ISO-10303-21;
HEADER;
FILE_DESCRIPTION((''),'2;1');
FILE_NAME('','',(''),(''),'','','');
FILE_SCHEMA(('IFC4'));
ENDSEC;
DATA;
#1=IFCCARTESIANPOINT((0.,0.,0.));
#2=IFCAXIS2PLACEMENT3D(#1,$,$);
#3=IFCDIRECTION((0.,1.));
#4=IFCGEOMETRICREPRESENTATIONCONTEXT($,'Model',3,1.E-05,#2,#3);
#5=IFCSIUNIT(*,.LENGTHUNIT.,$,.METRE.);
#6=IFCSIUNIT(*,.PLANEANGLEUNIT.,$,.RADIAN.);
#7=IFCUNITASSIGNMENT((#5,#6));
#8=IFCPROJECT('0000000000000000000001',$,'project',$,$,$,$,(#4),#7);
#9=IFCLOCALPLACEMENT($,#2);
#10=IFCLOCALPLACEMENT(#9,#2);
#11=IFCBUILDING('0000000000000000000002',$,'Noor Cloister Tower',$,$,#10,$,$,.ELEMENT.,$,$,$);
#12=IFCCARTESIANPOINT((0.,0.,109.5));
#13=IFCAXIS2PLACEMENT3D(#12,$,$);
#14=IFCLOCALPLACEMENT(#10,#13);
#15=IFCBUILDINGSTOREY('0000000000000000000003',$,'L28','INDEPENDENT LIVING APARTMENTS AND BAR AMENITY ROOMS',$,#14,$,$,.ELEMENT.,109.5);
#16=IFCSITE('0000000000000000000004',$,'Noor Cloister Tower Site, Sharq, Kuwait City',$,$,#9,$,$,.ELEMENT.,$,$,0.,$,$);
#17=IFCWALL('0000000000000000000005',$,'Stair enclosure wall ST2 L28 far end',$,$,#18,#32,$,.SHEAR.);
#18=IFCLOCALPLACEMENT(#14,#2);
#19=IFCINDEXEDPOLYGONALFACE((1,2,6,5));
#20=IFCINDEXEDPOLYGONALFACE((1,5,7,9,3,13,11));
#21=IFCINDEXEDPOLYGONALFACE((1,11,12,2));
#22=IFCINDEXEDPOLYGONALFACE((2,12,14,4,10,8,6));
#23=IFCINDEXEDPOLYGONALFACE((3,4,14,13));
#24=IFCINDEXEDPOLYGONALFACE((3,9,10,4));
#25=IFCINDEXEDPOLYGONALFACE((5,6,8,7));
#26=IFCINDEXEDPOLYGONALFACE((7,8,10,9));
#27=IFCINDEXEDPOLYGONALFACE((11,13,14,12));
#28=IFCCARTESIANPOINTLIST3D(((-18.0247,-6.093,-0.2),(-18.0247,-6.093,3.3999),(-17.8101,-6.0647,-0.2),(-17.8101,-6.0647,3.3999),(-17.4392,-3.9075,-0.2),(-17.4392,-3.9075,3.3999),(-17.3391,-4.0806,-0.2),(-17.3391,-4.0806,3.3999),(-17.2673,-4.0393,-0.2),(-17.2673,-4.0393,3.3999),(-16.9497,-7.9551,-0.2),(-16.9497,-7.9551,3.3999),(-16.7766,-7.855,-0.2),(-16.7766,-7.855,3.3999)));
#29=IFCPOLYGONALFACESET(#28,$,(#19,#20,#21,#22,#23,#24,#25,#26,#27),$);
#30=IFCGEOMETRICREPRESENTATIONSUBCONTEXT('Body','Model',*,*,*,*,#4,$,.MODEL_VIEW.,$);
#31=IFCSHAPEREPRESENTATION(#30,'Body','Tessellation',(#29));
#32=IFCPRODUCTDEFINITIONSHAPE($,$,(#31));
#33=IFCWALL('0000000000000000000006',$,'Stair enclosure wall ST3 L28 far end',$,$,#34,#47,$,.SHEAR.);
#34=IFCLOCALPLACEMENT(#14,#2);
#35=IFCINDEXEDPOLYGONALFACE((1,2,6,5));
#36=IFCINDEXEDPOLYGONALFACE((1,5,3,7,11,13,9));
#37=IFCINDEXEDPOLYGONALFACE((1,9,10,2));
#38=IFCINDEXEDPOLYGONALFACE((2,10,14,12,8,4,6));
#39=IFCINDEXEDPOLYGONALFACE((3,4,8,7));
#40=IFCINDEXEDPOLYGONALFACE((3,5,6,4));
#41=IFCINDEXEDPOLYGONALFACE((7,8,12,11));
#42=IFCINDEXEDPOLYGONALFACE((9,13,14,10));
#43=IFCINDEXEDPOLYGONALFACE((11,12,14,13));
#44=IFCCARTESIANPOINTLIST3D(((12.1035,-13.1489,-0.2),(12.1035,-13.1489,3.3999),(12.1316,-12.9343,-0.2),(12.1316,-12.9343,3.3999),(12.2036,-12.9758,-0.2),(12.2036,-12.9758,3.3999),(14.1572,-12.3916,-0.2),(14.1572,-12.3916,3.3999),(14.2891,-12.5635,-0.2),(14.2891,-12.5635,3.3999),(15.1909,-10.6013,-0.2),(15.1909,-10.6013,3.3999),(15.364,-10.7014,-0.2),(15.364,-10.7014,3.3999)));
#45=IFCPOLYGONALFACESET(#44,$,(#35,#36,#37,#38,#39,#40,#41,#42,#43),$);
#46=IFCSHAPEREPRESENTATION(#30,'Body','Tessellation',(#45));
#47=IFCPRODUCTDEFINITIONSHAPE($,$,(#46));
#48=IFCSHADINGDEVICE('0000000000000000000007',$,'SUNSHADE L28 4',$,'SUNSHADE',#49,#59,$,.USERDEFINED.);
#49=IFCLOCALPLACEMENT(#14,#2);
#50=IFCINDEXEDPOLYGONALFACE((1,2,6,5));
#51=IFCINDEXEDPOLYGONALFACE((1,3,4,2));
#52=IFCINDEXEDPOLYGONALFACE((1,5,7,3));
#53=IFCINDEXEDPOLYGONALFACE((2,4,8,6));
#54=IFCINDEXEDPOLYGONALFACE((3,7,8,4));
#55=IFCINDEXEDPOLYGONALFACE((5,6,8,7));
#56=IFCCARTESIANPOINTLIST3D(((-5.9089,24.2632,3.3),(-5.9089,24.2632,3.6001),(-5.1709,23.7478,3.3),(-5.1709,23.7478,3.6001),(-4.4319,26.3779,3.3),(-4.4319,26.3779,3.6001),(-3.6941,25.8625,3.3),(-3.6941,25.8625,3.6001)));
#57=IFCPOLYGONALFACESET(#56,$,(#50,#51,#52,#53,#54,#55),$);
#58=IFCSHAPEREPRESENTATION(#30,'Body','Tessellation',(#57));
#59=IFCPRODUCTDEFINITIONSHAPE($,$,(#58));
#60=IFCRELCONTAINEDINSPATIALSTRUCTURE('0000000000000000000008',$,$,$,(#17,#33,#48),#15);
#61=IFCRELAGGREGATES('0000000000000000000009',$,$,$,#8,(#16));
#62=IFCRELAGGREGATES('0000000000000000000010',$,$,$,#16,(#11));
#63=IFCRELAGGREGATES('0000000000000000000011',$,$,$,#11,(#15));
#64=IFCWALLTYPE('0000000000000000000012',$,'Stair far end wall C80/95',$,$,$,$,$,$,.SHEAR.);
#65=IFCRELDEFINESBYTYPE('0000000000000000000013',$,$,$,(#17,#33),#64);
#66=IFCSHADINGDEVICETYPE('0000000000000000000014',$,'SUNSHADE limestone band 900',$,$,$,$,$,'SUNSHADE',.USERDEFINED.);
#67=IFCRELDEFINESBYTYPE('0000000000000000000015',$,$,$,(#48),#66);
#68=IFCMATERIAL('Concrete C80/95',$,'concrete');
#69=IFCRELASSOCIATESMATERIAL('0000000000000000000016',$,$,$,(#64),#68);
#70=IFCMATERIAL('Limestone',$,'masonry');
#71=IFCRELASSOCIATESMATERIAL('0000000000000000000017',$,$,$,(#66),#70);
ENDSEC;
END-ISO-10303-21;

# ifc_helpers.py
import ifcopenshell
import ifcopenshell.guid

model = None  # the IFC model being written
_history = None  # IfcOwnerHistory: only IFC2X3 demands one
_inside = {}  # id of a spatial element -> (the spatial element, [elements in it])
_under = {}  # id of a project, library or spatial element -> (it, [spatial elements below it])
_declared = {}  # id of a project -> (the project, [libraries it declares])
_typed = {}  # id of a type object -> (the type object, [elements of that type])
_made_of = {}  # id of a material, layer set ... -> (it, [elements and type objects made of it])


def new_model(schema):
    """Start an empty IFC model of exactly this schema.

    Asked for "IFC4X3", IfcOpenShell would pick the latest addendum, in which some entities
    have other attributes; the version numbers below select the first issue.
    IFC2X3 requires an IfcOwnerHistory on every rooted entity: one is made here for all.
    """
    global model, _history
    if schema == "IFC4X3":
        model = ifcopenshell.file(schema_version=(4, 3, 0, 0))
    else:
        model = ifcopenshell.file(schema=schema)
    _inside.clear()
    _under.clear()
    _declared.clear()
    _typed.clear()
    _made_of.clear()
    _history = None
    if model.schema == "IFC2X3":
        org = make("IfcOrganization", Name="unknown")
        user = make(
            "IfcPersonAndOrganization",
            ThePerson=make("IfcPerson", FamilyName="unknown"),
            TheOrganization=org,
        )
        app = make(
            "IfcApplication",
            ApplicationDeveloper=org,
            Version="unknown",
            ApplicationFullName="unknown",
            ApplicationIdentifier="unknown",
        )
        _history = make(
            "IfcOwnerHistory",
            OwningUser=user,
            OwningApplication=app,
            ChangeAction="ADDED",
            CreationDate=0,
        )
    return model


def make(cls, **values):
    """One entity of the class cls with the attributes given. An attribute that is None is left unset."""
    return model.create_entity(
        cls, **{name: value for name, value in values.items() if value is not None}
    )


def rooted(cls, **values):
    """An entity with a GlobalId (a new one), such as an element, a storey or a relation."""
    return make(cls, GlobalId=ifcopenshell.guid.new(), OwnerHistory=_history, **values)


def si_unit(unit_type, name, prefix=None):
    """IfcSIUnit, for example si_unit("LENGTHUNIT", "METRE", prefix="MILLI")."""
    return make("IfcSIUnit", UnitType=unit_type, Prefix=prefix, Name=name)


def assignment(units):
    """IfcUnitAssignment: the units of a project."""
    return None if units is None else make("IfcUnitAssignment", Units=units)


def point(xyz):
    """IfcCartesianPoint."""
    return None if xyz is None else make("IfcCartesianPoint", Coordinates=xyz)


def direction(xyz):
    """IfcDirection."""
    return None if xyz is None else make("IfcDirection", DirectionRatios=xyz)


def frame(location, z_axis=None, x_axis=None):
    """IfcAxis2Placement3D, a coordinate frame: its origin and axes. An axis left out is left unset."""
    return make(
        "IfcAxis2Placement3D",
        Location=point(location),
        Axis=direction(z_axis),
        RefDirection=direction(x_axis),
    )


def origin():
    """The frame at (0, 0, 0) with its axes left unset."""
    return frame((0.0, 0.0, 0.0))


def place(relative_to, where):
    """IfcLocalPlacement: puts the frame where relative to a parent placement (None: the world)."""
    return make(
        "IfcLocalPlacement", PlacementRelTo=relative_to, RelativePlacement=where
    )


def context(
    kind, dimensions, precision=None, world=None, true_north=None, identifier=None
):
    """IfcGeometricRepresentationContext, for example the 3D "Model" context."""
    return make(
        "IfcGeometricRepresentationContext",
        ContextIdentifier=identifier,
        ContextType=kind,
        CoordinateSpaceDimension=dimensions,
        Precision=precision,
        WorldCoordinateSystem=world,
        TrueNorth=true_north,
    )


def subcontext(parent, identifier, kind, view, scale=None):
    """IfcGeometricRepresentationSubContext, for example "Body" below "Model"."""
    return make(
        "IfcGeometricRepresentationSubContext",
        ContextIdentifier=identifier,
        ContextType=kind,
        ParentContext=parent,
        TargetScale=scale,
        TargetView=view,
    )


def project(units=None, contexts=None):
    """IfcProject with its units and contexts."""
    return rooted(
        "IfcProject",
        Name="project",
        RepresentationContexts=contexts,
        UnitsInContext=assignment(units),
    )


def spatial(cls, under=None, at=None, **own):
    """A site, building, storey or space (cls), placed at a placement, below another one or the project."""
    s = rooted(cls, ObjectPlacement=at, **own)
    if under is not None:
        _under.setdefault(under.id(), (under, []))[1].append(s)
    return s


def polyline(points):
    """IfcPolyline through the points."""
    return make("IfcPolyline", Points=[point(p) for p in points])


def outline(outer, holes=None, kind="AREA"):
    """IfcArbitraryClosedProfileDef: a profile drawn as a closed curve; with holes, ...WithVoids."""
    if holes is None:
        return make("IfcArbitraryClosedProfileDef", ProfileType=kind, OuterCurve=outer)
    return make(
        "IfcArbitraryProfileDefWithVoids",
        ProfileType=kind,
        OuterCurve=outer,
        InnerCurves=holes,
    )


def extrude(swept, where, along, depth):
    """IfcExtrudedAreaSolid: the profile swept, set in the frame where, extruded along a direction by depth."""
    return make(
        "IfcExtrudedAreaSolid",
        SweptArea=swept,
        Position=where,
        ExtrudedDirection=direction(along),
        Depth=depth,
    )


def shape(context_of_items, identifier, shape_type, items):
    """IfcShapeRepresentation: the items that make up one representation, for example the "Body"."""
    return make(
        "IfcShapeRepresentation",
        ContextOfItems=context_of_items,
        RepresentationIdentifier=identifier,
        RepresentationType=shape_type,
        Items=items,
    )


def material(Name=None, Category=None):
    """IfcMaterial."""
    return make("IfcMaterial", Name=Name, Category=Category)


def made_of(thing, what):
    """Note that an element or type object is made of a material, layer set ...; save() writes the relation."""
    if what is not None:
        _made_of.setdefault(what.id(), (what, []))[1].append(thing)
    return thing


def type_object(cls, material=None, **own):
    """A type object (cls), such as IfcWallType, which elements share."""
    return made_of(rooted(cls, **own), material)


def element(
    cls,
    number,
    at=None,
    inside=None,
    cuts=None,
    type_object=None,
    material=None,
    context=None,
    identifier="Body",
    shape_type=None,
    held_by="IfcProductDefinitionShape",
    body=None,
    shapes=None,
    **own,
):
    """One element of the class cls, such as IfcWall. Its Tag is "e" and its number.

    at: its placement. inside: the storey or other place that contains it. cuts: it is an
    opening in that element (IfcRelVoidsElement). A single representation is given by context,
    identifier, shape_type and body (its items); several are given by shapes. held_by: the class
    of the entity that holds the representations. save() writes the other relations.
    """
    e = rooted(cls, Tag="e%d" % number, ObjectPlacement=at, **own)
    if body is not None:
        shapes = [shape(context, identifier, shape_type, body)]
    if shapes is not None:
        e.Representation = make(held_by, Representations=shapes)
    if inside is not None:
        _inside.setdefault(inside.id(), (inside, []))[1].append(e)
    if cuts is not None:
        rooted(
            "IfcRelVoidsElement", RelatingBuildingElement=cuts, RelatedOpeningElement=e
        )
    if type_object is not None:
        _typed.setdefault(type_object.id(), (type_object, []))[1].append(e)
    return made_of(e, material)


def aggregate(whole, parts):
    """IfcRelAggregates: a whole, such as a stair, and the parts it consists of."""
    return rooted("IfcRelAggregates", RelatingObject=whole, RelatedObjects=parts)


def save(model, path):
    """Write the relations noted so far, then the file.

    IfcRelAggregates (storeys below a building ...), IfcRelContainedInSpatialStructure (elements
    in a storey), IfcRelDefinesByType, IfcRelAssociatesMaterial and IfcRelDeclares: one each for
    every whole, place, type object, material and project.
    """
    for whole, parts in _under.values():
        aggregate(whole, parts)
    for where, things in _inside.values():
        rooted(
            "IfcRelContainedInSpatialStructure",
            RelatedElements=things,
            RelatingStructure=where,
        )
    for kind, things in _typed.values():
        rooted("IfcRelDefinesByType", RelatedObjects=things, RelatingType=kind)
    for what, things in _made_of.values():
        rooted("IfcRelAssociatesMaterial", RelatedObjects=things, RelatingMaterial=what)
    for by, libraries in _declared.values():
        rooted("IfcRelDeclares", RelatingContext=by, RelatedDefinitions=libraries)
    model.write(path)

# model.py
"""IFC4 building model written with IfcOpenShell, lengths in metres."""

from ifc_helpers import new_model, si_unit, direction, frame, origin, place, context, subcontext, project, spatial, polyline, outline, extrude, material, type_object, element, save


model = new_model("IFC4")

# Units and contexts
model_context = context("Model", 3, precision=1e-05, world=origin(), true_north=direction((0.0, 1.0)))
body_context = subcontext(model_context, "Body", "Model", "MODEL_VIEW")
ifc_project = project(units=[si_unit("LENGTHUNIT", "METRE"), si_unit("PLANEANGLEUNIT", "RADIAN")], contexts=[model_context])

# Site, building, storey
site_placement = place(None, origin())
site = spatial("IfcSite", under=ifc_project, at=site_placement, Name="Noor Cloister Tower Site, Sharq, Kuwait City", CompositionType="ELEMENT", RefElevation=0.0)
building_placement = place(site_placement, origin())
building = spatial("IfcBuilding", under=site, at=building_placement, Name="Noor Cloister Tower", CompositionType="ELEMENT")
storey_placement = place(building_placement, frame((0.0, 0.0, 109.5)))
storey = spatial("IfcBuildingStorey", under=building, at=storey_placement, Name="L28", Description="INDEPENDENT LIVING APARTMENTS AND BAR AMENITY ROOMS", CompositionType="ELEMENT", Elevation=109.5)

# Walls
ifc_material_1 = material(Name="Concrete C80/95", Category="concrete")
wall_type_1 = type_object("IfcWallType", Name="Stair far end wall C80/95", PredefinedType="SHEAR", material=ifc_material_1)
wall_1_placement = place(storey_placement, frame((0.0, 0.0, -0.2)))
element("IfcWall", 1, at=wall_1_placement, inside=storey, type_object=wall_type_1, Name="Stair enclosure wall ST2 L28 far end", PredefinedType="SHEAR", context=body_context, shape_type="SweptSolid", body=[
    extrude(outline(polyline([(-17.4392, -3.9075), (-18.0247, -6.093), (-16.9497, -7.9551), (-16.7766, -7.855), (-17.8101, -6.0647), (-17.2673, -4.0393), (-17.3391, -4.0806), (-17.3391, -4.0806), (-17.3391, -4.0806), (-17.3391, -4.0806), (-17.3391, -4.0806), (-17.3391, -4.0806), (-17.3391, -4.0806), (-17.3391, -4.0806), (-17.3391, -4.0806), (-17.3391, -4.0806), (-17.3391, -4.0806), (-17.3391, -4.0806), (-17.3391, -4.0806), (-17.3391, -4.0806), (-17.3391, -4.0806), (-17.3391, -4.0806), (-17.3391, -4.0806), (-17.4392, -3.9075)])), origin(), (0.0, 0.0, 1.0), 3.5999),
])
wall_2_placement = place(storey_placement, frame((0.0, 0.0, -0.2)))
element("IfcWall", 2, at=wall_2_placement, inside=storey, type_object=wall_type_1, Name="Stair enclosure wall ST3 L28 far end", PredefinedType="SHEAR", context=body_context, shape_type="SweptSolid", body=[
    extrude(outline(polyline([(12.1035, -13.1489), (14.2891, -12.5635), (15.364, -10.7014), (15.1909, -10.6013), (14.1572, -12.3916), (12.1316, -12.9343), (12.2036, -12.9758), (12.2036, -12.9758), (12.2036, -12.9758), (12.2036, -12.9758), (12.2036, -12.9758), (12.2036, -12.9758), (12.2036, -12.9758), (12.2036, -12.9758), (12.2036, -12.9758), (12.2036, -12.9758), (12.2036, -12.9758), (12.2036, -12.9758), (12.2036, -12.9758), (12.2036, -12.9758), (12.2036, -12.9758), (12.2036, -12.9758), (12.2036, -12.9758), (12.1035, -13.1489)])), origin(), (0.0, 0.0, 1.0), 3.5999),
])

# Shading device
ifc_material_2 = material(Name="Limestone", Category="masonry")
shading_device_type = type_object("IfcShadingDeviceType", Name="SUNSHADE limestone band 900", ElementType="SUNSHADE", PredefinedType="USERDEFINED", material=ifc_material_2)
shading_device_placement = place(storey_placement, frame((0.0, 0.0, 3.3)))
element("IfcShadingDevice", 3, at=shading_device_placement, inside=storey, type_object=shading_device_type, Name="SUNSHADE L28 4", ObjectType="SUNSHADE", PredefinedType="USERDEFINED", context=body_context, shape_type="SweptSolid", body=[
    extrude(outline(polyline([(-4.4319, 26.3779), (-5.9089, 24.2632), (-5.1709, 23.7478), (-3.6941, 25.8625), (-4.4319, 26.3779)])), origin(), (0.0, 0.0, 1.0), 0.3),
])

save(model, "model.ifc")
